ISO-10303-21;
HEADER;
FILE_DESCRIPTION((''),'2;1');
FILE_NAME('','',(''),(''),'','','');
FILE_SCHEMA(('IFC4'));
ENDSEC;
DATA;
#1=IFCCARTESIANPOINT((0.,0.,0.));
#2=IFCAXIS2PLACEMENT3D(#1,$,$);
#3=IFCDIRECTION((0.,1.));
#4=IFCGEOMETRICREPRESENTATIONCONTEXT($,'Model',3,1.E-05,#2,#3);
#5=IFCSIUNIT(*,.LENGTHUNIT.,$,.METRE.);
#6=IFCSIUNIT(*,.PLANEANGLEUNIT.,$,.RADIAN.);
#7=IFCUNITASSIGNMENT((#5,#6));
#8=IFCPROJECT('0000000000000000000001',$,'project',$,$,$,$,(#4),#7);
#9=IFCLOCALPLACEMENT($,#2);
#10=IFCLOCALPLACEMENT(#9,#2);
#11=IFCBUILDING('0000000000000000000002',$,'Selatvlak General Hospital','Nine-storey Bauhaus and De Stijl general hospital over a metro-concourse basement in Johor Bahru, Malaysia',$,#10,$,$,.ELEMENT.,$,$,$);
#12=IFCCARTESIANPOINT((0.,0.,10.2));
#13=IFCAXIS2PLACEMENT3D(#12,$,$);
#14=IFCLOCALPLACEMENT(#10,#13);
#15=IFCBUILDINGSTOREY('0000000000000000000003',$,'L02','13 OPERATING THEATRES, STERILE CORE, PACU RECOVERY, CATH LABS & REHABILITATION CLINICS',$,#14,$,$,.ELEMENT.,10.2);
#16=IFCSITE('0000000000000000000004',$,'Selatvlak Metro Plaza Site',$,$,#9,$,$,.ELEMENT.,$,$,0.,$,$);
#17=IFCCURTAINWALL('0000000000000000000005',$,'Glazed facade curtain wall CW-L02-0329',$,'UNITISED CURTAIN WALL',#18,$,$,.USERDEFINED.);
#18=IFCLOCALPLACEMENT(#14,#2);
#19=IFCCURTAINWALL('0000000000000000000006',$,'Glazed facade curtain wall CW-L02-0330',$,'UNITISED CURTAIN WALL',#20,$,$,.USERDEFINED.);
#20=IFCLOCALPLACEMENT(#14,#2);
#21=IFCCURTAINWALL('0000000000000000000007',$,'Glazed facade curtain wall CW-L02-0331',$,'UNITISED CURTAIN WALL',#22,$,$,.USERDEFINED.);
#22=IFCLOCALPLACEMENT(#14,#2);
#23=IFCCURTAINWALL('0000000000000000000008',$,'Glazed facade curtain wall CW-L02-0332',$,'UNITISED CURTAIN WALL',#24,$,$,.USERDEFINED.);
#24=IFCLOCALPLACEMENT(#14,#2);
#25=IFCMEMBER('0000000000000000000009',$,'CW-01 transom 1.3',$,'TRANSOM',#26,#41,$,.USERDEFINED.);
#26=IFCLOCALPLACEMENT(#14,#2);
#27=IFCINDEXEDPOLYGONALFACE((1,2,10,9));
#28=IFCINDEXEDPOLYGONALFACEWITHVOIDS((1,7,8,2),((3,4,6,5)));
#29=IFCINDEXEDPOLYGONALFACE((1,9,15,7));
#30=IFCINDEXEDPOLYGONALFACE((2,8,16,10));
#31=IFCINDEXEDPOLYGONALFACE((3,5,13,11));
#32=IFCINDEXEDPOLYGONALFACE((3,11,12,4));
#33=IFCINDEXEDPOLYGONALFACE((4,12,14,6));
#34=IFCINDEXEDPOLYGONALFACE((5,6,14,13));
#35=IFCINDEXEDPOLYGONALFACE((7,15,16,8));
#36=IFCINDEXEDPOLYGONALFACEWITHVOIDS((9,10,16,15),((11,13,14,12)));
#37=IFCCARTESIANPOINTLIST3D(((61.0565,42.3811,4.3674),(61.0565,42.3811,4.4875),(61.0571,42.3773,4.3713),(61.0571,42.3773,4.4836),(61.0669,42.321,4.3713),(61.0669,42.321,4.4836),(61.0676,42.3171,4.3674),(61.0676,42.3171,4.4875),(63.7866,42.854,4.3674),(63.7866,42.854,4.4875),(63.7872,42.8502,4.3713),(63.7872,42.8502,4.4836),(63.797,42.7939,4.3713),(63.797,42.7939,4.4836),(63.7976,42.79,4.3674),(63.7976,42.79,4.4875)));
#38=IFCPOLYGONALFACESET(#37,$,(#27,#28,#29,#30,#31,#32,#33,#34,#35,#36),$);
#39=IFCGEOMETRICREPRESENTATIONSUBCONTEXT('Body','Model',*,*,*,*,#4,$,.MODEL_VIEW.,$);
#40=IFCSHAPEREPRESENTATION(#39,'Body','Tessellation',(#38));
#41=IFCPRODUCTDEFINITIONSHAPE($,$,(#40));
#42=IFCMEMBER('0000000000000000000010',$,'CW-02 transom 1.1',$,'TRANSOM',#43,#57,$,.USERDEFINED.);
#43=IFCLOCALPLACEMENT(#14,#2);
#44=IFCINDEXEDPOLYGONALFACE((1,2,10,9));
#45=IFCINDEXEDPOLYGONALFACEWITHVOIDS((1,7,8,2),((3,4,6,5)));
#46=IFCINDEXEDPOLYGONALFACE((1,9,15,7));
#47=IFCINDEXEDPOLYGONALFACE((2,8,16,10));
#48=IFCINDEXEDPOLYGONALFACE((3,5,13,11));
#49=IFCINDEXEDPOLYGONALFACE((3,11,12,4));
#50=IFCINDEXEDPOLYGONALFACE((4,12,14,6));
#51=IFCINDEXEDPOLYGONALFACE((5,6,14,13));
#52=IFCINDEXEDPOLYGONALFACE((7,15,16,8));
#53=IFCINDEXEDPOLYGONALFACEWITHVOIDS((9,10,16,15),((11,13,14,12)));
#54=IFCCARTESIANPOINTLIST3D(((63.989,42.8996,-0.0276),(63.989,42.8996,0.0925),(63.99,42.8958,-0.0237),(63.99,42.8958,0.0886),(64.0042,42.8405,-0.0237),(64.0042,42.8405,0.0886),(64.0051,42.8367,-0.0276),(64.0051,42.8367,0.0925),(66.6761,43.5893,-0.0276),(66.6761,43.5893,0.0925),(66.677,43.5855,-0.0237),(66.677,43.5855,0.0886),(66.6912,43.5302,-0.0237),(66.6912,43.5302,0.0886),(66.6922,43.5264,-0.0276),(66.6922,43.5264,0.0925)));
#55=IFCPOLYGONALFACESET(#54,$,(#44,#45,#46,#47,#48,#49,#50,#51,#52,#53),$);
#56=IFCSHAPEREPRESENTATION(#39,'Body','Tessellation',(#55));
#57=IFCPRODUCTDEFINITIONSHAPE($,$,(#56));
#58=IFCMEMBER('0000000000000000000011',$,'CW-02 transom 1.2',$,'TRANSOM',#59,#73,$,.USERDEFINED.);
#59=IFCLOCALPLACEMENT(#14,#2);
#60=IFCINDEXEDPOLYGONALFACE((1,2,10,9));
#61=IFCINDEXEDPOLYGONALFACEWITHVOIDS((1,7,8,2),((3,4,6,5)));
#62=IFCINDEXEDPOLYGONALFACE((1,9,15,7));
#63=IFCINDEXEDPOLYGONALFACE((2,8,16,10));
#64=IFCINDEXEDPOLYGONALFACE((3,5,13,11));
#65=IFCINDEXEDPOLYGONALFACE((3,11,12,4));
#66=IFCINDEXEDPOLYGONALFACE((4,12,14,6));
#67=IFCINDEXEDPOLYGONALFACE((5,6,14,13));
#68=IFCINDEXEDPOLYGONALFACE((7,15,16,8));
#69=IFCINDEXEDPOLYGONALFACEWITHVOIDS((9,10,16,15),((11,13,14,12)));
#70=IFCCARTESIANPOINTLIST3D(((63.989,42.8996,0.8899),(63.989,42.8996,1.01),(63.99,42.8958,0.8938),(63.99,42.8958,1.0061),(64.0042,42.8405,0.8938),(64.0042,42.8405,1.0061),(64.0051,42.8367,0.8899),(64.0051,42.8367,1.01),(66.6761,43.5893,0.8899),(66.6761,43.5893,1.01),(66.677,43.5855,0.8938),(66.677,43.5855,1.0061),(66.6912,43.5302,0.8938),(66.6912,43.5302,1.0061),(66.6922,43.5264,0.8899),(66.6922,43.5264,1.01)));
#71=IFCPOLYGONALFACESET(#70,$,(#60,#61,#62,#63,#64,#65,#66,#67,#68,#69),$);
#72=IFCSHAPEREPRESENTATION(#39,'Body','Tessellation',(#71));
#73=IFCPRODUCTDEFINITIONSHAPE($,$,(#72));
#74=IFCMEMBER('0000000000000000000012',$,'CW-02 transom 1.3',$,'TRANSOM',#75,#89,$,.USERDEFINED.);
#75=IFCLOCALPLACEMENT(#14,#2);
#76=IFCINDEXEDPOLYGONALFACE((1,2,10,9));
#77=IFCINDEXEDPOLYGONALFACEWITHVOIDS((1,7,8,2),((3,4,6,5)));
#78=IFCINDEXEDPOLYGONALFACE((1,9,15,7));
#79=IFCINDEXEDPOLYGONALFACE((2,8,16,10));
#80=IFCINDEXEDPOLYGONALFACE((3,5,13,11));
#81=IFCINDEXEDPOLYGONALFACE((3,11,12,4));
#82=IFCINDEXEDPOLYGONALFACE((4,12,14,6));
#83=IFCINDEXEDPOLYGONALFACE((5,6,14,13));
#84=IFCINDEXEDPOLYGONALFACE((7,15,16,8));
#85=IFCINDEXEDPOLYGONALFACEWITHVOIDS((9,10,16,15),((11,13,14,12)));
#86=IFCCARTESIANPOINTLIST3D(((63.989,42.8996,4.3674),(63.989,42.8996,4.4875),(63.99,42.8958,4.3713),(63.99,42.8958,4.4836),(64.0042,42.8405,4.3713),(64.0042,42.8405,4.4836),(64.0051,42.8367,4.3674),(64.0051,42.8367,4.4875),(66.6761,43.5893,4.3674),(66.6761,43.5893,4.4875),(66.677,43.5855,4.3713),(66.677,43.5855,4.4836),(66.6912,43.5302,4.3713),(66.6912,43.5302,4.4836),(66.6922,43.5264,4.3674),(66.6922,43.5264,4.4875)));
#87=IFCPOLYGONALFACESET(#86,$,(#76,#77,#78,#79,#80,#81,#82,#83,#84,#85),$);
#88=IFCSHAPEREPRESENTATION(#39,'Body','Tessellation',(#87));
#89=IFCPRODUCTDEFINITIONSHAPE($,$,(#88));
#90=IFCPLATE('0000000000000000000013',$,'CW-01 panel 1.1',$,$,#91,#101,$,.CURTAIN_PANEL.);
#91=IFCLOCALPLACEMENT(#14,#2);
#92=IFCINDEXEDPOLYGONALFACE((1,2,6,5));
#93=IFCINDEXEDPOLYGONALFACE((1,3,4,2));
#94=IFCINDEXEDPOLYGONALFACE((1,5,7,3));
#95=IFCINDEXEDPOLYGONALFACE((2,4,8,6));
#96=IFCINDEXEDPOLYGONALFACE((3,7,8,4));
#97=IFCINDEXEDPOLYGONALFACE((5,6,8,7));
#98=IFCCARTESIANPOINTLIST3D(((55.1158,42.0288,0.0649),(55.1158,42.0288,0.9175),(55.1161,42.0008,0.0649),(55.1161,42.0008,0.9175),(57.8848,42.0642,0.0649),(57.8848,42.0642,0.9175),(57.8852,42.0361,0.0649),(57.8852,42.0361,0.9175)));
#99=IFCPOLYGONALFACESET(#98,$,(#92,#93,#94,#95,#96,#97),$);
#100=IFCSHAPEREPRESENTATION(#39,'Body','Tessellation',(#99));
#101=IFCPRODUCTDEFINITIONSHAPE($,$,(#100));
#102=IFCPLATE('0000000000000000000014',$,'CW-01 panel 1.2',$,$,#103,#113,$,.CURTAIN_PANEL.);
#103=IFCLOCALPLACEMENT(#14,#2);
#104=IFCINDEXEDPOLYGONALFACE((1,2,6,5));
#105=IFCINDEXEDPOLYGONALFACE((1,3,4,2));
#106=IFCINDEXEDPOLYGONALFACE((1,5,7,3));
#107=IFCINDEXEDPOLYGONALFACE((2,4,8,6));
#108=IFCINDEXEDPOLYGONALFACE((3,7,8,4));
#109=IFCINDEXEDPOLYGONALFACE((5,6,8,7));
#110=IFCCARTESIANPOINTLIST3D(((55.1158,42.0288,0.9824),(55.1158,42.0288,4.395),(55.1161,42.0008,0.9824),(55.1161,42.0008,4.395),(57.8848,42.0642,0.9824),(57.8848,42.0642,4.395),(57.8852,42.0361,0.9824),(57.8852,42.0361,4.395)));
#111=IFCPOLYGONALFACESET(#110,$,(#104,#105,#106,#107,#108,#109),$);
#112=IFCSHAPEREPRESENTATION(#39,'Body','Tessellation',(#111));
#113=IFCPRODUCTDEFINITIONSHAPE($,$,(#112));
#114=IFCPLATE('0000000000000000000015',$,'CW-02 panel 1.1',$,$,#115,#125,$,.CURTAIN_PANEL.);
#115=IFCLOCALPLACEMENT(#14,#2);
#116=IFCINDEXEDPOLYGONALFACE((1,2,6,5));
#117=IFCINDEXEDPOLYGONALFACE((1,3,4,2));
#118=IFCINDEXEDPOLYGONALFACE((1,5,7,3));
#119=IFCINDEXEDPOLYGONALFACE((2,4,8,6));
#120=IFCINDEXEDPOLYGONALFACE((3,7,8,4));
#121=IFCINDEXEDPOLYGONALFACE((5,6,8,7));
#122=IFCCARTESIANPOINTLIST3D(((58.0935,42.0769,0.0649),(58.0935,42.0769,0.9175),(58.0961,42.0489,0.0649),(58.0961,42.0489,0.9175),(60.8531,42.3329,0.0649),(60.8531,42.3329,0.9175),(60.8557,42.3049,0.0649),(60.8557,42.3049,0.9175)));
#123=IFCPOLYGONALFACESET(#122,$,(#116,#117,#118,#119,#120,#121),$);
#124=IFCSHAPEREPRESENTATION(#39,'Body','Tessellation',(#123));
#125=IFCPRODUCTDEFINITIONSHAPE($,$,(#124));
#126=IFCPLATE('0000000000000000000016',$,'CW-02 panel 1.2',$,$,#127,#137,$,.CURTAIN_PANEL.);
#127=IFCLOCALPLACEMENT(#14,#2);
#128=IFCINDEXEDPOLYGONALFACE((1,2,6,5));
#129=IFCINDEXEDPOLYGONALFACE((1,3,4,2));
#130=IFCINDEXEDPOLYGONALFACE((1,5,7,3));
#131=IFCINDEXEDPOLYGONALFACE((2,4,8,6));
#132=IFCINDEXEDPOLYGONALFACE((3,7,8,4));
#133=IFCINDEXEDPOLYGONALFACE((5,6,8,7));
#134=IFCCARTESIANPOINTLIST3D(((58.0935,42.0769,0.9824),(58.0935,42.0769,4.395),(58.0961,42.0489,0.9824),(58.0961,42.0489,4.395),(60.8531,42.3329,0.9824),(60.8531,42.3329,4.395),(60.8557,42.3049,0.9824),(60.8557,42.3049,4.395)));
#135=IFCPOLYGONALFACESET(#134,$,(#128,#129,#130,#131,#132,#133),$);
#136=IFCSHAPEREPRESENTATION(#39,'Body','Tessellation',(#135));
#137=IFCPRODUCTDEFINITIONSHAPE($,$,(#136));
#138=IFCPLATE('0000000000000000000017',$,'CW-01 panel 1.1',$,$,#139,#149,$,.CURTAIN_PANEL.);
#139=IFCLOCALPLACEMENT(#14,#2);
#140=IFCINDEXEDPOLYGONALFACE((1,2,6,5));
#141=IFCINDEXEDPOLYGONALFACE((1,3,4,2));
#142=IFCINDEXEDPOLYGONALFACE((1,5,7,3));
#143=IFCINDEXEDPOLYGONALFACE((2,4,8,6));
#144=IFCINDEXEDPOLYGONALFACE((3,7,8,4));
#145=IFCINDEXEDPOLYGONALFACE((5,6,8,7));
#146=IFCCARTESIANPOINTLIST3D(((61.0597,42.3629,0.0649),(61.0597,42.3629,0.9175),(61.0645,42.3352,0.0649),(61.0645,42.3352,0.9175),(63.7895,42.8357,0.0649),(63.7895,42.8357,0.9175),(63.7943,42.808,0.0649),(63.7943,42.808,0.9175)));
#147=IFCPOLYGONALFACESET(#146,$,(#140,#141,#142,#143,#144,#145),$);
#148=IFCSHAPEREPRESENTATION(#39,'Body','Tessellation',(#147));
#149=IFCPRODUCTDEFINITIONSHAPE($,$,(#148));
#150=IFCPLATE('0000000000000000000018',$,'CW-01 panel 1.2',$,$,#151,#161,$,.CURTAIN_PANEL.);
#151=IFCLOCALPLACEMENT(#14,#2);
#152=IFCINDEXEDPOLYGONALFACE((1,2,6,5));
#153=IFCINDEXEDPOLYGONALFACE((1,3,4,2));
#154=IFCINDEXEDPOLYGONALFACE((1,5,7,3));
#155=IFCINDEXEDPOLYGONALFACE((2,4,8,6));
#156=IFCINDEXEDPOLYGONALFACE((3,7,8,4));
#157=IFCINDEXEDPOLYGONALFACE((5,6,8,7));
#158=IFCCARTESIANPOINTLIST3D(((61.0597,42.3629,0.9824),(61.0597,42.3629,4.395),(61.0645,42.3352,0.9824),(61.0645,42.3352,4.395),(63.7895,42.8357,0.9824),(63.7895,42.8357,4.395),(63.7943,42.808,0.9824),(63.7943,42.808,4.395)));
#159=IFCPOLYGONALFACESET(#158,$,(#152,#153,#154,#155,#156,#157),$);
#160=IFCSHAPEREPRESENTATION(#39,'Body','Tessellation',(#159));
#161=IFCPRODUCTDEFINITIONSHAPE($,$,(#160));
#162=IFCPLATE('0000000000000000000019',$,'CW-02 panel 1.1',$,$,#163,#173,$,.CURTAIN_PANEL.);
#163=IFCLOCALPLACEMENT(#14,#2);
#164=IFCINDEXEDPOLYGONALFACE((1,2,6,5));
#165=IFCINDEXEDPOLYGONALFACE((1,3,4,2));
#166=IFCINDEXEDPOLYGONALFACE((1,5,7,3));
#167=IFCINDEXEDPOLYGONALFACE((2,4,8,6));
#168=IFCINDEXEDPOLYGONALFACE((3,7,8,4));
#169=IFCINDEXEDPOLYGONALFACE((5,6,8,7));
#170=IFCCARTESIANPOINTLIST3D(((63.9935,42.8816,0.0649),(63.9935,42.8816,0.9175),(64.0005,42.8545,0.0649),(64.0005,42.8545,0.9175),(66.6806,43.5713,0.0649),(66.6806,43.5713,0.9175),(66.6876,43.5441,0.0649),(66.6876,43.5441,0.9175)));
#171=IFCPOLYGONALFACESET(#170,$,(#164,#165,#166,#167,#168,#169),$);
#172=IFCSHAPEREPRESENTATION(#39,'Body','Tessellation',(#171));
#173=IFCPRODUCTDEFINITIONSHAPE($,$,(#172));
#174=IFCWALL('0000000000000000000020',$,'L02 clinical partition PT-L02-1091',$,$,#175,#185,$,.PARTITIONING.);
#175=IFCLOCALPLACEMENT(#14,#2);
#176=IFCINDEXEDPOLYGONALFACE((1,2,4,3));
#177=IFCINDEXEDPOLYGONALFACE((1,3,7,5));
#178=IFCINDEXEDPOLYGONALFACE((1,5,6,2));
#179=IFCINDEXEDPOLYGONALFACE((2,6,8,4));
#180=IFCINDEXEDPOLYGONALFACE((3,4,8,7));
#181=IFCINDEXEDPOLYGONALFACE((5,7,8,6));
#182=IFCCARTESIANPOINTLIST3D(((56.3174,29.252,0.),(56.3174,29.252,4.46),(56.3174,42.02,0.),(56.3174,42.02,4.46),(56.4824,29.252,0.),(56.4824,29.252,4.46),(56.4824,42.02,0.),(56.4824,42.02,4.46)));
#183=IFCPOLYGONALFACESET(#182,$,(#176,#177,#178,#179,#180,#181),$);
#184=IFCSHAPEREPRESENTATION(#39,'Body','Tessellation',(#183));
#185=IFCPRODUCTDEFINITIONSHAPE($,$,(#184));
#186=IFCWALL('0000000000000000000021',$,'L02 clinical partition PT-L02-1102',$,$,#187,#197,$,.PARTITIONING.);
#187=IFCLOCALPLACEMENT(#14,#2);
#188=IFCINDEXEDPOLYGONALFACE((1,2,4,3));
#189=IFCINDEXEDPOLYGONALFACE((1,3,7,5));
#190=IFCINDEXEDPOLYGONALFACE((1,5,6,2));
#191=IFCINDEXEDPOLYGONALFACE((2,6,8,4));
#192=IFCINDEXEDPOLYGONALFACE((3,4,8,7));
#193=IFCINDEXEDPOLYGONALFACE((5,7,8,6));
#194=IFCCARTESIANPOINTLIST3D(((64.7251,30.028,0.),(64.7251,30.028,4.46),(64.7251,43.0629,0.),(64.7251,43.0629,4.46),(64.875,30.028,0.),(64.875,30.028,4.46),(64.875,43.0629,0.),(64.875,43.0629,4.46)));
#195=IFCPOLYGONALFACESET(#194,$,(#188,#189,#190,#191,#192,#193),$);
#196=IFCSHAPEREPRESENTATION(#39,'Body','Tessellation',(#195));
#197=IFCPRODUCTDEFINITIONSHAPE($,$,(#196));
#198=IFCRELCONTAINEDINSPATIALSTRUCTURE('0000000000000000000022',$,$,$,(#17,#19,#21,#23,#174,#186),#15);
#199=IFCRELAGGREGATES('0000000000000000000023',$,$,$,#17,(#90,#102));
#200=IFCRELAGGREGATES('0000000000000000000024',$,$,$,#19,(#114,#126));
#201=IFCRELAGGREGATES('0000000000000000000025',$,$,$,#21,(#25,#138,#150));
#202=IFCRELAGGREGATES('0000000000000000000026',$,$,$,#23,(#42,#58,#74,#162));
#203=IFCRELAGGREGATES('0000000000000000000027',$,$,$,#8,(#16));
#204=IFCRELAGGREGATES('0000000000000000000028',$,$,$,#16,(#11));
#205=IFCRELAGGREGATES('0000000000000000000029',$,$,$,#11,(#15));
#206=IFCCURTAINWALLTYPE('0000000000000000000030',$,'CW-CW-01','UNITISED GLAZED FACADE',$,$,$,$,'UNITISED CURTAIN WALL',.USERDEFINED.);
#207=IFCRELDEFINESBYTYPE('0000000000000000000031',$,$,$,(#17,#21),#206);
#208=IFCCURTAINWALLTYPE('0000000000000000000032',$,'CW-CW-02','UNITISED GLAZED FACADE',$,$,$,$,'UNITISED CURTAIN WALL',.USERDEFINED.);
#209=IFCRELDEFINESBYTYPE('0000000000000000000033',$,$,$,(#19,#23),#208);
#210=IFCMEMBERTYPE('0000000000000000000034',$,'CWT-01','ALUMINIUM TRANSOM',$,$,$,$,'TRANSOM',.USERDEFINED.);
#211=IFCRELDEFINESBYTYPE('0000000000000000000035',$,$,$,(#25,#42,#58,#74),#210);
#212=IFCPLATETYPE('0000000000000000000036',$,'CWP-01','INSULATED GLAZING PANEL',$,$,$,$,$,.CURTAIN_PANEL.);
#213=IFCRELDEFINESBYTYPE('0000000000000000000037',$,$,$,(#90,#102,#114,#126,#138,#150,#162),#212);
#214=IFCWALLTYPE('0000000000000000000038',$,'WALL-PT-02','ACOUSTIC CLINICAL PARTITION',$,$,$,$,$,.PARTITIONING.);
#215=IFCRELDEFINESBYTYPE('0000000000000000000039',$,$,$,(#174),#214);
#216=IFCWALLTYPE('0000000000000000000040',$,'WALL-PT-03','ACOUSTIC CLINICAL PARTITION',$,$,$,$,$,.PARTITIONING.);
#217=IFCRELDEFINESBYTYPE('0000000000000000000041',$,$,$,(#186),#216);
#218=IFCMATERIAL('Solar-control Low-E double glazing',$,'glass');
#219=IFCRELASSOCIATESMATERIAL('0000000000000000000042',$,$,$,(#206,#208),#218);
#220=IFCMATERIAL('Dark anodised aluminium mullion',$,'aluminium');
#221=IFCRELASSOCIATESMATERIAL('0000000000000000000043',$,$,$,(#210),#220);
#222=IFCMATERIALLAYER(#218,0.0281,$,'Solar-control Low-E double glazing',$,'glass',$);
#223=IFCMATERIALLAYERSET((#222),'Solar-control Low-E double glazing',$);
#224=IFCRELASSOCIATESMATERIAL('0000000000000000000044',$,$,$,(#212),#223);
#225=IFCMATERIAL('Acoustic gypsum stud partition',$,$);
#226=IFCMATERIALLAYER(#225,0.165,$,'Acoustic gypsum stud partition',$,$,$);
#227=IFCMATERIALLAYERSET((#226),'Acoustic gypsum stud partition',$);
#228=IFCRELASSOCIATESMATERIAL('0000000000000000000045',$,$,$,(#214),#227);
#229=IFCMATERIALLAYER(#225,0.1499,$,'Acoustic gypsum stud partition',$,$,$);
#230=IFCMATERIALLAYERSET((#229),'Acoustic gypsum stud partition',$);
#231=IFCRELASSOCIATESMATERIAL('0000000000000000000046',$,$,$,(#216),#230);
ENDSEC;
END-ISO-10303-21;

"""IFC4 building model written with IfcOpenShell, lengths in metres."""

from ifc_helpers import new_model, si_unit, direction, frame, frame_2d, origin, origin_2d, place, context, subcontext, project, spatial, rectangle, hollow_rectangle, extrude, material, layer, layer_set, material_profile, profile_set, type_object, element, aggregate, save


model = new_model("IFC4")

# Units and contexts
model_context = context("Model", 3, precision=1e-05, world=origin(), true_north=direction((0.0, 1.0)))
body_context = subcontext(model_context, "Body", "Model", "MODEL_VIEW")
ifc_project = project(units=[si_unit("LENGTHUNIT", "METRE"), si_unit("PLANEANGLEUNIT", "RADIAN")], contexts=[model_context])

# Site, building, storey
site_placement = place(None, origin())
site = spatial("IfcSite", under=ifc_project, at=site_placement, Name="Selatvlak Metro Plaza Site", CompositionType="ELEMENT", RefElevation=0.0)
building_placement = place(site_placement, origin())
building = spatial("IfcBuilding", under=site, at=building_placement, Name="Selatvlak General Hospital", Description="Nine-storey Bauhaus and De Stijl general hospital over a metro-concourse basement in Johor Bahru, Malaysia", CompositionType="ELEMENT")
storey_placement = place(building_placement, frame((0.0, 0.0, 10.2)))
storey = spatial("IfcBuildingStorey", under=building, at=storey_placement, Name="L02", Description="13 OPERATING THEATRES, STERILE CORE, PACU RECOVERY, CATH LABS & REHABILITATION CLINICS", CompositionType="ELEMENT", Elevation=10.2)

# Curtain wall
ifc_material_1 = material(Name="Solar-control Low-E double glazing", Category="glass")
curtain_wall_type_1 = type_object("IfcCurtainWallType", Name="CW-CW-01", Description="UNITISED GLAZED FACADE", ElementType="UNITISED CURTAIN WALL", PredefinedType="USERDEFINED", material=ifc_material_1)
curtain_wall_1_placement = place(storey_placement, origin())
curtain_wall_1 = element("IfcCurtainWall", 1, at=curtain_wall_1_placement, inside=storey, type_object=curtain_wall_type_1, Name="Glazed facade curtain wall CW-L02-0329", ObjectType="UNITISED CURTAIN WALL", PredefinedType="USERDEFINED")
ifc_material_2 = material(Name="Dark anodised aluminium mullion", Category="aluminium")

# Curtain walls
curtain_wall_type_2 = type_object("IfcCurtainWallType", Name="CW-CW-02", Description="UNITISED GLAZED FACADE", ElementType="UNITISED CURTAIN WALL", PredefinedType="USERDEFINED", material=ifc_material_1)
curtain_wall_2_placement = place(storey_placement, origin())
curtain_wall_2 = element("IfcCurtainWall", 2, at=curtain_wall_2_placement, inside=storey, type_object=curtain_wall_type_2, Name="Glazed facade curtain wall CW-L02-0330", ObjectType="UNITISED CURTAIN WALL", PredefinedType="USERDEFINED")
curtain_wall_3_placement = place(storey_placement, origin())
curtain_wall_3 = element("IfcCurtainWall", 3, at=curtain_wall_3_placement, inside=storey, type_object=curtain_wall_type_1, Name="Glazed facade curtain wall CW-L02-0331", ObjectType="UNITISED CURTAIN WALL", PredefinedType="USERDEFINED")

# Curtain wall
curtain_wall_4_placement = place(storey_placement, origin())
curtain_wall_4 = element("IfcCurtainWall", 4, at=curtain_wall_4_placement, inside=storey, type_object=curtain_wall_type_2, Name="Glazed facade curtain wall CW-L02-0332", ObjectType="UNITISED CURTAIN WALL", PredefinedType="USERDEFINED")

# Members
ifc_material_profile_1 = material_profile(ifc_material_2, hollow_rectangle(XDim=0.0649, YDim=0.1201, WallThickness=0.0039, at=origin_2d()), Name="AL-TRN 65x120x4")
ifc_profile_set_1 = profile_set([ifc_material_profile_1], Name="Dark anodised aluminium mullion")
member_type_1 = type_object("IfcMemberType", Name="CWT-01", Description="ALUMINIUM TRANSOM", ElementType="TRANSOM", PredefinedType="USERDEFINED", material=ifc_profile_set_1)
member_1_placement = place(storey_placement, frame((61.062, 42.3491, 4.4275), z_axis=(0.985326, 0.170683, 0.0), x_axis=(-0.170683, 0.985326, 0.0)))
member_1 = element("IfcMember", 5, at=member_1_placement, type_object=member_type_1, Name="CW-01 transom 1.3", ObjectType="TRANSOM", PredefinedType="USERDEFINED", context=body_context, shape_type="SweptSolid", body=[
    extrude(hollow_rectangle(XDim=0.0649, YDim=0.1201, WallThickness=0.0039, at=origin_2d()), origin(), (0.0, 0.0, 1.0), 2.7708),
])
member_2_placement = place(storey_placement, frame((63.9971, 42.8682, 0.0325), z_axis=(0.968601, 0.248619, 0.0), x_axis=(-0.248619, 0.968601, 0.0)))
member_2 = element("IfcMember", 6, at=member_2_placement, type_object=member_type_1, Name="CW-02 transom 1.1", ObjectType="TRANSOM", PredefinedType="USERDEFINED", context=body_context, shape_type="SweptSolid", body=[
    extrude(hollow_rectangle(XDim=0.0649, YDim=0.1201, WallThickness=0.0039, at=origin_2d()), origin(), (0.0, 0.0, 1.0), 2.7742),
])
member_3_placement = place(storey_placement, frame((63.9971, 42.8682, 0.95), z_axis=(0.968601, 0.248619, 0.0), x_axis=(-0.248619, 0.968601, 0.0)))
member_3 = element("IfcMember", 7, at=member_3_placement, type_object=member_type_1, Name="CW-02 transom 1.2", ObjectType="TRANSOM", PredefinedType="USERDEFINED", context=body_context, shape_type="SweptSolid", body=[
    extrude(hollow_rectangle(XDim=0.0649, YDim=0.1201, WallThickness=0.0039, at=origin_2d()), origin(), (0.0, 0.0, 1.0), 2.7742),
])
member_4_placement = place(storey_placement, frame((63.9971, 42.8682, 4.4275), z_axis=(0.968601, 0.248619, 0.0), x_axis=(-0.248619, 0.968601, 0.0)))
member_4 = element("IfcMember", 8, at=member_4_placement, type_object=member_type_1, Name="CW-02 transom 1.3", ObjectType="TRANSOM", PredefinedType="USERDEFINED", context=body_context, shape_type="SweptSolid", body=[
    extrude(hollow_rectangle(XDim=0.0649, YDim=0.1201, WallThickness=0.0039, at=origin_2d()), origin(), (0.0, 0.0, 1.0), 2.7742),
])

# Plates
ifc_layer_1 = layer(ifc_material_1, 0.0281, Name="Solar-control Low-E double glazing", Category="glass")
ifc_layer_set_1 = layer_set([ifc_layer_1], Name="Solar-control Low-E double glazing")
plate_type = type_object("IfcPlateType", Name="CWP-01", Description="INSULATED GLAZING PANEL", PredefinedType="CURTAIN_PANEL", material=ifc_layer_set_1)
plate_1_placement = place(storey_placement, frame((56.5005, 42.0325, 0.0649), z_axis=(0.0, 0.0, 1.0), x_axis=(0.999919, 0.012762, 0.0)))
plate_1 = element("IfcPlate", 9, at=plate_1_placement, type_object=plate_type, Name="CW-01 panel 1.1", PredefinedType="CURTAIN_PANEL", context=body_context, shape_type="SweptSolid", body=[
    extrude(rectangle(XDim=2.7693, YDim=0.0281, at=origin_2d()), origin(), (0.0, 0.0, 1.0), 0.8525),
])
plate_2_placement = place(storey_placement, frame((56.5005, 42.0325, 0.9824), z_axis=(0.0, 0.0, 1.0), x_axis=(0.999919, 0.012762, 0.0)))
plate_2 = element("IfcPlate", 10, at=plate_2_placement, type_object=plate_type, Name="CW-01 panel 1.2", PredefinedType="CURTAIN_PANEL", context=body_context, shape_type="SweptSolid", body=[
    extrude(rectangle(XDim=2.7693, YDim=0.0281, at=origin_2d()), origin(), (0.0, 0.0, 1.0), 3.4126),
])
aggregate(curtain_wall_1, [plate_1, plate_2])
plate_3_placement = place(storey_placement, frame((59.4746, 42.1909, 0.0649), z_axis=(0.0, 0.0, 1.0), x_axis=(0.995725, 0.092369, 0.0)))
plate_3 = element("IfcPlate", 11, at=plate_3_placement, type_object=plate_type, Name="CW-02 panel 1.1", PredefinedType="CURTAIN_PANEL", context=body_context, shape_type="SweptSolid", body=[
    extrude(rectangle(XDim=2.7715, YDim=0.0281, at=origin_2d()), origin(), (0.0, 0.0, 1.0), 0.8525),
])
plate_4_placement = place(storey_placement, frame((59.4746, 42.1909, 0.9824), z_axis=(0.0, 0.0, 1.0), x_axis=(0.995725, 0.092369, 0.0)))
plate_4 = element("IfcPlate", 12, at=plate_4_placement, type_object=plate_type, Name="CW-02 panel 1.2", PredefinedType="CURTAIN_PANEL", context=body_context, shape_type="SweptSolid", body=[
    extrude(rectangle(XDim=2.7715, YDim=0.0281, at=origin_2d()), origin(), (0.0, 0.0, 1.0), 3.4126),
])
aggregate(curtain_wall_2, [plate_3, plate_4])
plate_5_placement = place(storey_placement, frame((62.427, 42.5854, 0.0649), z_axis=(0.0, 0.0, 1.0), x_axis=(0.98533, 0.170657, 0.0)))
plate_5 = element("IfcPlate", 13, at=plate_5_placement, type_object=plate_type, Name="CW-01 panel 1.1", PredefinedType="CURTAIN_PANEL", context=body_context, shape_type="SweptSolid", body=[
    extrude(rectangle(XDim=2.7705, YDim=0.0281, at=origin_2d()), origin(), (0.0, 0.0, 1.0), 0.8525),
])
plate_6_placement = place(storey_placement, frame((62.427, 42.5854, 0.9824), z_axis=(0.0, 0.0, 1.0), x_axis=(0.98533, 0.170657, 0.0)))
plate_6 = element("IfcPlate", 14, at=plate_6_placement, type_object=plate_type, Name="CW-01 panel 1.2", PredefinedType="CURTAIN_PANEL", context=body_context, shape_type="SweptSolid", body=[
    extrude(rectangle(XDim=2.7705, YDim=0.0281, at=origin_2d()), origin(), (0.0, 0.0, 1.0), 3.4126),
])
aggregate(curtain_wall_3, [member_1, plate_5, plate_6])
plate_7_placement = place(storey_placement, frame((65.3406, 43.2129, 0.0649), z_axis=(0.0, 0.0, 1.0), x_axis=(0.968604, 0.248607, 0.0)))
plate_7 = element("IfcPlate", 15, at=plate_7_placement, type_object=plate_type, Name="CW-02 panel 1.1", PredefinedType="CURTAIN_PANEL", context=body_context, shape_type="SweptSolid", body=[
    extrude(rectangle(XDim=2.7742, YDim=0.0281, at=origin_2d()), origin(), (0.0, 0.0, 1.0), 0.8525),
])
aggregate(curtain_wall_4, [member_2, member_3, member_4, plate_7])

# Walls
ifc_material_3 = material(Name="Acoustic gypsum stud partition")
ifc_layer_2 = layer(ifc_material_3, 0.165, Name="Acoustic gypsum stud partition")
ifc_layer_set_2 = layer_set([ifc_layer_2], Name="Acoustic gypsum stud partition")
wall_type_1 = type_object("IfcWallType", Name="WALL-PT-02", Description="ACOUSTIC CLINICAL PARTITION", PredefinedType="PARTITIONING", material=ifc_layer_set_2)
wall_1_placement = place(storey_placement, frame((56.3999, 42.02, 0.0), z_axis=(0.0, 0.0, 1.0), x_axis=(0.0, -1.0, 0.0)))
element("IfcWall", 16, at=wall_1_placement, inside=storey, type_object=wall_type_1, Name="L02 clinical partition PT-L02-1091", PredefinedType="PARTITIONING", context=body_context, shape_type="SweptSolid", body=[
    extrude(rectangle(XDim=12.7681, YDim=0.165, at=frame_2d((6.384, 0.0))), origin(), (0.0, 0.0, 1.0), 4.46),
])
ifc_layer_3 = layer(ifc_material_3, 0.1499, Name="Acoustic gypsum stud partition")
ifc_layer_set_3 = layer_set([ifc_layer_3], Name="Acoustic gypsum stud partition")
wall_type_2 = type_object("IfcWallType", Name="WALL-PT-03", Description="ACOUSTIC CLINICAL PARTITION", PredefinedType="PARTITIONING", material=ifc_layer_set_3)
wall_2_placement = place(storey_placement, frame((64.8, 43.063, 0.0), z_axis=(0.0, 0.0, 1.0), x_axis=(0.0, -1.0, 0.0)))
element("IfcWall", 17, at=wall_2_placement, inside=storey, type_object=wall_type_2, Name="L02 clinical partition PT-L02-1102", PredefinedType="PARTITIONING", context=body_context, shape_type="SweptSolid", body=[
    extrude(rectangle(XDim=13.0349, YDim=0.1499, at=frame_2d((6.5176, 0.0))), origin(), (0.0, 0.0, 1.0), 4.46),
])

save(model, "model.ifc")
